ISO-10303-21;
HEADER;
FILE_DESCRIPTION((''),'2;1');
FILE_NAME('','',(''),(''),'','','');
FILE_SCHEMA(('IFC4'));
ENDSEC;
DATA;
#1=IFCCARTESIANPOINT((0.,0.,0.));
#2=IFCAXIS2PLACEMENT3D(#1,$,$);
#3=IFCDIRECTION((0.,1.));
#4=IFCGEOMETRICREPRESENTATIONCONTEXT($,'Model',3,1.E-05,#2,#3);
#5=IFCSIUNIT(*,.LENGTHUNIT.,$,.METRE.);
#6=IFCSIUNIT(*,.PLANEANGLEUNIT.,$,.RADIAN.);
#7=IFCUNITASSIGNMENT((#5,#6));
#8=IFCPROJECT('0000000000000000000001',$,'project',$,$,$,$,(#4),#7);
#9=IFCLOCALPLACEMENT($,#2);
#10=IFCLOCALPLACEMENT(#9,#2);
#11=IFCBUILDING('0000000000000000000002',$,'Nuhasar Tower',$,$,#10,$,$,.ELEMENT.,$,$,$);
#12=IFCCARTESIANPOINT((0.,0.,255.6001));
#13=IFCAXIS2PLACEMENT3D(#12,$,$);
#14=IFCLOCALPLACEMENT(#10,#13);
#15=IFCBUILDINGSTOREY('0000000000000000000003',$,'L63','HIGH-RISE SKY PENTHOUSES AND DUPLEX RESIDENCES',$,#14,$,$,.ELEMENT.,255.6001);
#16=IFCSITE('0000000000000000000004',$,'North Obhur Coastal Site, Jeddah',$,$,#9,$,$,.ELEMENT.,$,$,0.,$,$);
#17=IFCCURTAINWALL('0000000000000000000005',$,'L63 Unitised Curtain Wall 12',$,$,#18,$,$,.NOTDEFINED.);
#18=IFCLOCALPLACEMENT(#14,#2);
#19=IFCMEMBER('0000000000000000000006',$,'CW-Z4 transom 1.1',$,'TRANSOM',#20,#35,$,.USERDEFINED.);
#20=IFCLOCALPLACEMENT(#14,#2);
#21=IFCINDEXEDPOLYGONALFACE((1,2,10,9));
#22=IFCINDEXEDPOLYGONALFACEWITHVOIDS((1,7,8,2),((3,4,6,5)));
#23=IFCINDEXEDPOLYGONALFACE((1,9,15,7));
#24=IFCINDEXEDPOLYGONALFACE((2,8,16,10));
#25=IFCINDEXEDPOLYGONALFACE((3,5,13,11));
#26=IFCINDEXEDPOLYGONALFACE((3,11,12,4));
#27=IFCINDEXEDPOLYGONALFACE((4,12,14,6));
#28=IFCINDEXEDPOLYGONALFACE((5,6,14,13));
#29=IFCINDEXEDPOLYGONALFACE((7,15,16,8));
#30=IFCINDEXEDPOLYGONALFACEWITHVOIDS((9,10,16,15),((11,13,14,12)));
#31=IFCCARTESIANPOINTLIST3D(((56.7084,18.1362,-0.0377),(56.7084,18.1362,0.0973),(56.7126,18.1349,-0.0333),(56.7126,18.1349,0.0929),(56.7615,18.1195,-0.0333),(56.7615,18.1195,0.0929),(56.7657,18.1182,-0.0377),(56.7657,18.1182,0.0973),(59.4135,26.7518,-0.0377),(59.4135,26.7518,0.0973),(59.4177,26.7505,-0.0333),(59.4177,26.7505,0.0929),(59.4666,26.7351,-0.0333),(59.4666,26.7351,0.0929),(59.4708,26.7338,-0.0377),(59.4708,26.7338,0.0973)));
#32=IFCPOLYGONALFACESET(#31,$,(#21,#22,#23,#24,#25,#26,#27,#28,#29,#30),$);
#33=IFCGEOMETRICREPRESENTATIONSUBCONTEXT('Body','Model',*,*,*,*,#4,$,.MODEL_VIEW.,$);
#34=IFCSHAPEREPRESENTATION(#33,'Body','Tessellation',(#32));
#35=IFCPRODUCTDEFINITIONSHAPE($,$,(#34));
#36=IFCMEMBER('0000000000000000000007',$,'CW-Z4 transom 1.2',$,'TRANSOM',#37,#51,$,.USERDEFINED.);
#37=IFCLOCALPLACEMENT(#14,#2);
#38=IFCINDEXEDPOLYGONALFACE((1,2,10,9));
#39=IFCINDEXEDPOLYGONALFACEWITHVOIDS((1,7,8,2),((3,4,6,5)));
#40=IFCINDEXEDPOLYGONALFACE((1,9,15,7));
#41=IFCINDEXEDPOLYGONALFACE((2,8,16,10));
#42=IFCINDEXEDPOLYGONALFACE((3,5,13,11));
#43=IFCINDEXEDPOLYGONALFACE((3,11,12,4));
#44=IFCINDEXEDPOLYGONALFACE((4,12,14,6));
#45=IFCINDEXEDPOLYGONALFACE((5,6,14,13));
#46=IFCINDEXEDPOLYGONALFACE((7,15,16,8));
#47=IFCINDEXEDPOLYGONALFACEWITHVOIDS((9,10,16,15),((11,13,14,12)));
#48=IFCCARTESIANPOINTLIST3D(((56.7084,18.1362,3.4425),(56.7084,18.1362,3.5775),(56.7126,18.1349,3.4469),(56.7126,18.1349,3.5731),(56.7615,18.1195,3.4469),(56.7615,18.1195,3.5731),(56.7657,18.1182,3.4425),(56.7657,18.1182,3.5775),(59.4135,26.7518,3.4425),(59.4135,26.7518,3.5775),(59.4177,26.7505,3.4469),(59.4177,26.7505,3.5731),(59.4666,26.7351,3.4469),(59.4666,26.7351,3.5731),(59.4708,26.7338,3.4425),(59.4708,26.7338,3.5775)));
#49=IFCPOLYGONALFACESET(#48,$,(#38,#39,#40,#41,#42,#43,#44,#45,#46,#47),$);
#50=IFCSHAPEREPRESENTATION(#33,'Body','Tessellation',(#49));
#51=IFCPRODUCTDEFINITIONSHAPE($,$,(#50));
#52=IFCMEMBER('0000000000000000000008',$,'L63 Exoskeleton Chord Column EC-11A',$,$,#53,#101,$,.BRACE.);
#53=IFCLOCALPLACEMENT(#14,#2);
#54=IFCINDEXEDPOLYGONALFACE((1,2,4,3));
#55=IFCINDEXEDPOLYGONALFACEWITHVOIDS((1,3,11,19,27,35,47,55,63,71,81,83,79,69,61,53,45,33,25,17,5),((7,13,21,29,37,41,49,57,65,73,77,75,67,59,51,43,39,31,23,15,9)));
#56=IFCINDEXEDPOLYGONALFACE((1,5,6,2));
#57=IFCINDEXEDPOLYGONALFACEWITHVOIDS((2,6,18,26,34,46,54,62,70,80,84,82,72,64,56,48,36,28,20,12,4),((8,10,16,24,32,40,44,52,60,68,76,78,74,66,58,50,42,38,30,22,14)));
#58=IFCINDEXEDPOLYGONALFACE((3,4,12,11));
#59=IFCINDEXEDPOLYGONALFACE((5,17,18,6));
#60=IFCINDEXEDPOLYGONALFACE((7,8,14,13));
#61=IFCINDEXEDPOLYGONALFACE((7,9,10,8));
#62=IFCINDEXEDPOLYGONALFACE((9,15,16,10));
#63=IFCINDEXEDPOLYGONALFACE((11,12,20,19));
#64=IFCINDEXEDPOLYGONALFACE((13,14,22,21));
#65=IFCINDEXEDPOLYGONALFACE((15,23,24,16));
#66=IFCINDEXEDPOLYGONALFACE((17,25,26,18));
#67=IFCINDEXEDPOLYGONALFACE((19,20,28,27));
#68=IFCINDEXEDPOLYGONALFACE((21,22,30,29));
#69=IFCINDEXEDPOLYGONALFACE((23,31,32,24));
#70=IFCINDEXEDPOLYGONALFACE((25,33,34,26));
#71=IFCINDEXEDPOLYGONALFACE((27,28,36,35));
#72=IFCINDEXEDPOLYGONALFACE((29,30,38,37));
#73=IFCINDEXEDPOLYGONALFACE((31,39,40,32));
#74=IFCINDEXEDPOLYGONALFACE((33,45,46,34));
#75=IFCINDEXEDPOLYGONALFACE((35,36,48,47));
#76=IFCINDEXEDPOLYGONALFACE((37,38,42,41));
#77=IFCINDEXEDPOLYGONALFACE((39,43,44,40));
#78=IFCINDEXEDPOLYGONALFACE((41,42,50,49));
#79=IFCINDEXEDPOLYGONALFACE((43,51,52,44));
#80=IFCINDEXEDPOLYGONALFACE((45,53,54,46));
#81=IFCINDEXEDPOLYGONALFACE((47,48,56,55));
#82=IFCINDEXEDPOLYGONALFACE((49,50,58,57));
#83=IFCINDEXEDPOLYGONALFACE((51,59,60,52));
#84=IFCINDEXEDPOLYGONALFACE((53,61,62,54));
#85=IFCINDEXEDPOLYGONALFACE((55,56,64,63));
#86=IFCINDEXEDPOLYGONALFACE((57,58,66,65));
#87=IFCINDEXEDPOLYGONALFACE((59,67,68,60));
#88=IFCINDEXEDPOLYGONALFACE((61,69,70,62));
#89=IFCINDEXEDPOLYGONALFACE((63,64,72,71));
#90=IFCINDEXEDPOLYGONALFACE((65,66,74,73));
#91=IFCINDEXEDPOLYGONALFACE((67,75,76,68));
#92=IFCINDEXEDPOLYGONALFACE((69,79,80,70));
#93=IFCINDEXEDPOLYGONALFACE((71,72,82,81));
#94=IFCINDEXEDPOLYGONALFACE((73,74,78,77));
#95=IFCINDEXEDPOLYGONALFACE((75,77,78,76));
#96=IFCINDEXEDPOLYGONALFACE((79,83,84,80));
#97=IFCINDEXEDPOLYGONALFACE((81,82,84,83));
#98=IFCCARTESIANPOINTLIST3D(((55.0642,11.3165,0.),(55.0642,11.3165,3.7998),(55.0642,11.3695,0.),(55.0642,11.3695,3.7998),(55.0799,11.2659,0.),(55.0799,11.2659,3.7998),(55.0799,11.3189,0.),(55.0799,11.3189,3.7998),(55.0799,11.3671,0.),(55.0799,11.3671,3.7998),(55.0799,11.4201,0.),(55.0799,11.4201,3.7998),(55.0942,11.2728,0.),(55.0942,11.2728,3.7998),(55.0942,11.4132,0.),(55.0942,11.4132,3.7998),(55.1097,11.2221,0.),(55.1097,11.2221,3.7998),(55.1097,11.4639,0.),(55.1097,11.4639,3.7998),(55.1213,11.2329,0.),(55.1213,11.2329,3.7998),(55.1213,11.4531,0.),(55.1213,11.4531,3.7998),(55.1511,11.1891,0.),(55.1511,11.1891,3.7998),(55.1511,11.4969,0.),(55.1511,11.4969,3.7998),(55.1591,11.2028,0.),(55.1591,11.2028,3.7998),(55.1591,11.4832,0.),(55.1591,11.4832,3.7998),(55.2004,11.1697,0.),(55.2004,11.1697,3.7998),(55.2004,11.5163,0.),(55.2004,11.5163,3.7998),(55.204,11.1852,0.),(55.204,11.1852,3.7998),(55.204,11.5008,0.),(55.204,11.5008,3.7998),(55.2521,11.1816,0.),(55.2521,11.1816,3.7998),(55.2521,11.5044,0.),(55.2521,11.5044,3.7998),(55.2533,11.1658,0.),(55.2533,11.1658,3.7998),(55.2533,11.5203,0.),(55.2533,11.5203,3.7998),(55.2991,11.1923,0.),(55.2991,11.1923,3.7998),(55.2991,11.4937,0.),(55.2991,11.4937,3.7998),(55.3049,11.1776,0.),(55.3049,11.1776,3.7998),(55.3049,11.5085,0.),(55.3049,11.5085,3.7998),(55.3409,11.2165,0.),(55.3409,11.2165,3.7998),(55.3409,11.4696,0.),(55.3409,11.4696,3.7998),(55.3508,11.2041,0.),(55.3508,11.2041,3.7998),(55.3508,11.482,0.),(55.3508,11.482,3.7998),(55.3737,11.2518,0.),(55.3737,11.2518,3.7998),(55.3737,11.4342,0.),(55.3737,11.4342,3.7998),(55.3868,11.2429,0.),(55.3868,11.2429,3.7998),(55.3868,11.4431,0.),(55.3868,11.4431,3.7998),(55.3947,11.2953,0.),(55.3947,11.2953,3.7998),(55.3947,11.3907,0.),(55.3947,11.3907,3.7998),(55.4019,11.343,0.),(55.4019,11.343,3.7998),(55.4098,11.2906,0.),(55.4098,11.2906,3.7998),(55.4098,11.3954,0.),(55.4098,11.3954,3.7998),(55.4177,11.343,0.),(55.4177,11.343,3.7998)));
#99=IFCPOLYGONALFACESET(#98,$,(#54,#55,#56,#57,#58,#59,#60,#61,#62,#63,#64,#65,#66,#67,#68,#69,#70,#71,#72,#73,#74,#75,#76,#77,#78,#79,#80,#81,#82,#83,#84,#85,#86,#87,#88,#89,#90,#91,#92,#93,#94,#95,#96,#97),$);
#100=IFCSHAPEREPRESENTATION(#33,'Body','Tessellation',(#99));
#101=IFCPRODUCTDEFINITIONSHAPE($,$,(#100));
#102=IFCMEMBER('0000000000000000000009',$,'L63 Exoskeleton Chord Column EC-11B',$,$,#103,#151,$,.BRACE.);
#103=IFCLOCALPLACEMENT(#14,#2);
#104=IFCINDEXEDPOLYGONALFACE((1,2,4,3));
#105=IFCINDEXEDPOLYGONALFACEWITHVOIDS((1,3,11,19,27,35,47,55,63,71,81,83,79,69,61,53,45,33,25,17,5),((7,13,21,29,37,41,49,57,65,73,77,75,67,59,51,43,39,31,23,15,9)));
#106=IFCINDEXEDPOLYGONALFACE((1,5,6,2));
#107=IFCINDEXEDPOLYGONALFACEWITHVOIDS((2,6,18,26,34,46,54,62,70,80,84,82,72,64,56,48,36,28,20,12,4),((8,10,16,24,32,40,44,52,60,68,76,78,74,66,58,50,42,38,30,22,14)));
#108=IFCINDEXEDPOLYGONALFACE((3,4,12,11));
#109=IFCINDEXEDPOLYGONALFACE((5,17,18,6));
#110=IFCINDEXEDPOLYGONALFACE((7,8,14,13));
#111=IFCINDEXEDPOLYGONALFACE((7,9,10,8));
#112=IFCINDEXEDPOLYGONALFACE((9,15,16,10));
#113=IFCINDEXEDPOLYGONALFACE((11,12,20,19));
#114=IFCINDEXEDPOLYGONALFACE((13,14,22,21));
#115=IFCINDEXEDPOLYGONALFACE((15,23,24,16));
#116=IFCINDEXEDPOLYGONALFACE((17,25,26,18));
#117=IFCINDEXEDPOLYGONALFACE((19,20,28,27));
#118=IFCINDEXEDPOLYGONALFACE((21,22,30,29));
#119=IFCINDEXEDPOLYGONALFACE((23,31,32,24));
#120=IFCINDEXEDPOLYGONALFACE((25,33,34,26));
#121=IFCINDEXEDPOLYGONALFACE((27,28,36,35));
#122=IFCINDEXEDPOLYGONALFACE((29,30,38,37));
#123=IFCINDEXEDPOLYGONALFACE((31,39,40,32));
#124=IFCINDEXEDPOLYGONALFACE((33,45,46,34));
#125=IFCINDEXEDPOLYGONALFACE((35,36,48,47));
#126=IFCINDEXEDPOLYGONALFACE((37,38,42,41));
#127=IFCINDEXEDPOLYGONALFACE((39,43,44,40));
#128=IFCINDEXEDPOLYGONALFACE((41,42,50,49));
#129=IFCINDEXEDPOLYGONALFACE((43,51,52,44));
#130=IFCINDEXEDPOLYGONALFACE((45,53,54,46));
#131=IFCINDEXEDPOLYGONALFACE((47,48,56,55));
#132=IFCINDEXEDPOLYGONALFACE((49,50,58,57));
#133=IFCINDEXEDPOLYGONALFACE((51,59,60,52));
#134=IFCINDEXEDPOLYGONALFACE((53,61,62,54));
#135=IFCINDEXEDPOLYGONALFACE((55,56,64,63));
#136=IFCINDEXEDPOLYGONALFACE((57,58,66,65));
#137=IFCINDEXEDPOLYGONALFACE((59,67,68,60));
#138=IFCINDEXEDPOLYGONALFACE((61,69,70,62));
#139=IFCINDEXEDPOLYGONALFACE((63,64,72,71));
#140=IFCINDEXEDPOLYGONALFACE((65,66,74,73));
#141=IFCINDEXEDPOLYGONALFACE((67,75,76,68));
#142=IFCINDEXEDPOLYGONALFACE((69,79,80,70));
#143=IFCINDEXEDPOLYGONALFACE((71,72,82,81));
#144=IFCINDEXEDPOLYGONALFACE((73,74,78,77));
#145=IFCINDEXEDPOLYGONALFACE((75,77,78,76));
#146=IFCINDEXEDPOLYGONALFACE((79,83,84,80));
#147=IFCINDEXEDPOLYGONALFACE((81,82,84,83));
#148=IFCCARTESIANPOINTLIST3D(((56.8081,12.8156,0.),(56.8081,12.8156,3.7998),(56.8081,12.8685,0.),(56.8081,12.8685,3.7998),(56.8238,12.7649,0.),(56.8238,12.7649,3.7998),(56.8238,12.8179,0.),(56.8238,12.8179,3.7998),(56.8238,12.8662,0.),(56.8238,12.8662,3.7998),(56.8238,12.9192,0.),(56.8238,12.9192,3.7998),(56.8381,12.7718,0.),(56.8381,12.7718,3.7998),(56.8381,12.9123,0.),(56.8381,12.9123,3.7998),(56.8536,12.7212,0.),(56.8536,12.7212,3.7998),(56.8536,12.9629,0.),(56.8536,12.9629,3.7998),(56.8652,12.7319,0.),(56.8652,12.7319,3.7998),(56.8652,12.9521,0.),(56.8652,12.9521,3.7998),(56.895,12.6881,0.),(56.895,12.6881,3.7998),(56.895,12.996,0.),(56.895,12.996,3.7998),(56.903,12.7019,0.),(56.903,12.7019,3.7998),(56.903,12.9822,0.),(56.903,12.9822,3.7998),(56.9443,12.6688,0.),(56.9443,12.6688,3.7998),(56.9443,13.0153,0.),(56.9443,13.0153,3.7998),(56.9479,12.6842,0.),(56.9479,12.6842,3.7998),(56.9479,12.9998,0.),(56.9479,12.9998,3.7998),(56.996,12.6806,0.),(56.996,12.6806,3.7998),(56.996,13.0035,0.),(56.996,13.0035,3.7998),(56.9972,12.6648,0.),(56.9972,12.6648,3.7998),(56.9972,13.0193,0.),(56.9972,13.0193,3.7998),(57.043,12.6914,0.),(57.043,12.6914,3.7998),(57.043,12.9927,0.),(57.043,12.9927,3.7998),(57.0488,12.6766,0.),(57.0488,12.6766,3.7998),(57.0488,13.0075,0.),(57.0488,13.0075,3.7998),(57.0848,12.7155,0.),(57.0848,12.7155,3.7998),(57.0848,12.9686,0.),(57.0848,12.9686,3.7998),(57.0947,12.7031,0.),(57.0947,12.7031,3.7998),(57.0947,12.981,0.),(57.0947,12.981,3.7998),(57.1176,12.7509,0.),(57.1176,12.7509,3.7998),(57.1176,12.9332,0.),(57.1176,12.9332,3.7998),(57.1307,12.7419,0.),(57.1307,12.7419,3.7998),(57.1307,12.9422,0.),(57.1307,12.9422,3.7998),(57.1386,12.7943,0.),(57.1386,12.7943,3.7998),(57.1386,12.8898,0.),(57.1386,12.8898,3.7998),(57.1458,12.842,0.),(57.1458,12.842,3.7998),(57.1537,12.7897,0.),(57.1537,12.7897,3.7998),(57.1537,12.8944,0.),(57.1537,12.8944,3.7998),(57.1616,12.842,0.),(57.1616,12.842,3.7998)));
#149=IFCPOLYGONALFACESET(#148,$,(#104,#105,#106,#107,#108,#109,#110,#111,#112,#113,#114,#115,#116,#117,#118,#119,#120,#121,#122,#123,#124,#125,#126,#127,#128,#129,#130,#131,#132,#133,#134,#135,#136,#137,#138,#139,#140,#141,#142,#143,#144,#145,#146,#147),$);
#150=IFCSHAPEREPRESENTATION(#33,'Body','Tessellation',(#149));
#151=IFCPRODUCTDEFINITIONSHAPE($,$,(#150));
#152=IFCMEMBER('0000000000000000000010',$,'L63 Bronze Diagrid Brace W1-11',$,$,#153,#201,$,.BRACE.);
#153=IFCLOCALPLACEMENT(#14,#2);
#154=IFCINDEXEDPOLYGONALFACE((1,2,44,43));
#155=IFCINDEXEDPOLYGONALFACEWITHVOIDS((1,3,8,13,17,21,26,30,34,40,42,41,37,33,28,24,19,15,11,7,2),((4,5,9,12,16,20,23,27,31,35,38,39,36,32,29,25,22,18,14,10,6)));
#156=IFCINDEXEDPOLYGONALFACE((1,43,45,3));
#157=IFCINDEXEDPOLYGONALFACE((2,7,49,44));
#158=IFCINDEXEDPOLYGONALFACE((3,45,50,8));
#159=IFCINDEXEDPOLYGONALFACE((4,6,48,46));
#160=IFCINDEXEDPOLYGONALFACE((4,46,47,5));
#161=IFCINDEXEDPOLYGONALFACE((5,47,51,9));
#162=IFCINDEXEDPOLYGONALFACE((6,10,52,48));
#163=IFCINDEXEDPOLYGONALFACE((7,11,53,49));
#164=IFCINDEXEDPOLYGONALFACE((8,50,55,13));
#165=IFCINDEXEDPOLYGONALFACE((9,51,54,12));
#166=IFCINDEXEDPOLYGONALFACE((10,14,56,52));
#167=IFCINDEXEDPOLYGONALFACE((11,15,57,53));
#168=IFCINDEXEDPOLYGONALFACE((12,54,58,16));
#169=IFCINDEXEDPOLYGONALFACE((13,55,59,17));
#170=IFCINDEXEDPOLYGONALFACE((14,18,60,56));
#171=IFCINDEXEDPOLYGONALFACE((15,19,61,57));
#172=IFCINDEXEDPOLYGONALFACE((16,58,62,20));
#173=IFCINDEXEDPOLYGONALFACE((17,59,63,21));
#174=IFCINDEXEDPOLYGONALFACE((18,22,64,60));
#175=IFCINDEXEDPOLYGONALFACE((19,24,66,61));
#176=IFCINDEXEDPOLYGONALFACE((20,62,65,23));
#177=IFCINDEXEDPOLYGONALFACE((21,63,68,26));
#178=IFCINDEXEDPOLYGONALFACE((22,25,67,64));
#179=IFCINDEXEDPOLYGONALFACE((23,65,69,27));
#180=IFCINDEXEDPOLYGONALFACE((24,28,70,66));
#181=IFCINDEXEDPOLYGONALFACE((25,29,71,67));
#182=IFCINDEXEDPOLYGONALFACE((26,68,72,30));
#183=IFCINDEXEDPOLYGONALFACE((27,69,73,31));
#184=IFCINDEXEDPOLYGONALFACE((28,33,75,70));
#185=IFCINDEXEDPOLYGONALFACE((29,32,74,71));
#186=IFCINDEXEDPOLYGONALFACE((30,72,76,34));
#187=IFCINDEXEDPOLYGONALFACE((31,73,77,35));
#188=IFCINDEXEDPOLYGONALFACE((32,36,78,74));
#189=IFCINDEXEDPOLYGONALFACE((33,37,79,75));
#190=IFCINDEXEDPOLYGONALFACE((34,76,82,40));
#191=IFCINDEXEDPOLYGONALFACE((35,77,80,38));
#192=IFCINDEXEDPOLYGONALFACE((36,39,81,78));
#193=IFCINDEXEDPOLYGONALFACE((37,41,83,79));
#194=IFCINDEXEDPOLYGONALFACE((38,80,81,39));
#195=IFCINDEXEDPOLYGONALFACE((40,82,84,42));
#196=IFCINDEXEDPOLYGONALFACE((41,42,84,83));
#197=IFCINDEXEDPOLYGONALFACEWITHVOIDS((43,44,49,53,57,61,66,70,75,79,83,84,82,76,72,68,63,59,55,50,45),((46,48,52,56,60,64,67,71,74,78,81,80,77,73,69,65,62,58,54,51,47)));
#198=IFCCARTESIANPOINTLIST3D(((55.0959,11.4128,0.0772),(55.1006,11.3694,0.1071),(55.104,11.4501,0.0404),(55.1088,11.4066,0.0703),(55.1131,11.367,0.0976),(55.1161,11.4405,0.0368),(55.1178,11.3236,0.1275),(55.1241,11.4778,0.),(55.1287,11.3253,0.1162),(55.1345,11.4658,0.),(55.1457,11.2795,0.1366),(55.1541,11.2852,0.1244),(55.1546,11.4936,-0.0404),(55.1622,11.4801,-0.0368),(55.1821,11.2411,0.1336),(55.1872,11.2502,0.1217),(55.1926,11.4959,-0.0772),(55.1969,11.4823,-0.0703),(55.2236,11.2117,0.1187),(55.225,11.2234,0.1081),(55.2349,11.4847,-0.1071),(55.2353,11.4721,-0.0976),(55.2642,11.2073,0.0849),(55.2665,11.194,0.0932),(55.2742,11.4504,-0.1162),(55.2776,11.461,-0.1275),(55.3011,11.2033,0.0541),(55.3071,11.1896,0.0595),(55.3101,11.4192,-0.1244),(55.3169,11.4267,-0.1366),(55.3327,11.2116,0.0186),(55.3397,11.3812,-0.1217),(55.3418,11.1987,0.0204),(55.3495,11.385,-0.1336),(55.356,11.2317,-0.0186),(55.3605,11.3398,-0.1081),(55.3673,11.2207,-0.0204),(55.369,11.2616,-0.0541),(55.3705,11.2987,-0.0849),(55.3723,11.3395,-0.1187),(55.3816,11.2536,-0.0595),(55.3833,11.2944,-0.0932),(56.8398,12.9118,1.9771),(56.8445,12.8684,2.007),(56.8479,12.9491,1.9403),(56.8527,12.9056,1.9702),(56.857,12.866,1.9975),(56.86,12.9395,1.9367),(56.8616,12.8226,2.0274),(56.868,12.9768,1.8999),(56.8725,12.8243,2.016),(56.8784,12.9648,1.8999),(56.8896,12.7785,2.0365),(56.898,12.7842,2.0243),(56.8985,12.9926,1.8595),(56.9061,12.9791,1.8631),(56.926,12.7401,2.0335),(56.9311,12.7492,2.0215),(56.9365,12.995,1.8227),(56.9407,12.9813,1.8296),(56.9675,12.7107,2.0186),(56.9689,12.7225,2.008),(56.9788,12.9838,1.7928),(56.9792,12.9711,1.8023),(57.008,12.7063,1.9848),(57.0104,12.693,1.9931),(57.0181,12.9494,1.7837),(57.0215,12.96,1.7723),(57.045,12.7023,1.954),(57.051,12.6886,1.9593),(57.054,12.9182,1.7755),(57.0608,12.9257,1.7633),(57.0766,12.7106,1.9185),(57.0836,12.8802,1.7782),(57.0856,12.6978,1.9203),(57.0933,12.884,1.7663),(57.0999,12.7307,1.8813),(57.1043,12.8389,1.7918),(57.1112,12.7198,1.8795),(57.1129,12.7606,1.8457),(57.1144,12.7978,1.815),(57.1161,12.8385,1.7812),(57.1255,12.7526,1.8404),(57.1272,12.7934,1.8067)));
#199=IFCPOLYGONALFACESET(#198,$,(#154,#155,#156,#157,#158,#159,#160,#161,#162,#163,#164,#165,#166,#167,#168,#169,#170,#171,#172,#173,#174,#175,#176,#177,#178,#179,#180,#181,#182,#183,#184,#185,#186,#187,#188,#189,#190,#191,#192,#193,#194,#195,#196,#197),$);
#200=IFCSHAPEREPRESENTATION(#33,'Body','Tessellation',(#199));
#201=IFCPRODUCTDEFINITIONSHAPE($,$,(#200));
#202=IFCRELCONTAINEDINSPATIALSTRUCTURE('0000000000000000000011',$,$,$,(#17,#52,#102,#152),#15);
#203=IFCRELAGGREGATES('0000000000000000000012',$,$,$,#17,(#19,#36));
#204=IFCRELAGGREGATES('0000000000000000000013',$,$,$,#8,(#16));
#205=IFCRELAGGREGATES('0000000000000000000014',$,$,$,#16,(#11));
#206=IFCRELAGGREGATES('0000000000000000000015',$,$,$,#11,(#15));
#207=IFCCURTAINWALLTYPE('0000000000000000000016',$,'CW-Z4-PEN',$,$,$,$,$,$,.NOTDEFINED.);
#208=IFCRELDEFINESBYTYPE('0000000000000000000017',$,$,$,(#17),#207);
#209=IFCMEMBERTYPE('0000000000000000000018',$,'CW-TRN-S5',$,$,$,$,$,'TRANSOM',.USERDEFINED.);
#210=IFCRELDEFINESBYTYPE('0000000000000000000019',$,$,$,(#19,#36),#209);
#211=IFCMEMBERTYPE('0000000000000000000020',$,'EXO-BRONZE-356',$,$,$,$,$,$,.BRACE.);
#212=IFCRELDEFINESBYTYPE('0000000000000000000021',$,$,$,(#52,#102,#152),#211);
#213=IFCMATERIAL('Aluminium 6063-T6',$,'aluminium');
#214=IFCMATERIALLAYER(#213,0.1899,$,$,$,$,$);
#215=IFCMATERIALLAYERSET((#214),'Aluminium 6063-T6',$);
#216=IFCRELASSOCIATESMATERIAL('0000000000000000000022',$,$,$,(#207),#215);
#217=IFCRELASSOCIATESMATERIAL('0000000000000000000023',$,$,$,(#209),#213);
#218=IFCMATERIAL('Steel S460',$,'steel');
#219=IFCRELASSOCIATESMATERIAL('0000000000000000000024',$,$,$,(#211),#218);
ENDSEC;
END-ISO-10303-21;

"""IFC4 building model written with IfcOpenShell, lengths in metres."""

from ifc_helpers import new_model, si_unit, direction, frame, origin, origin_2d, place, context, subcontext, project, spatial, hollow_rectangle, hollow_circle, extrude, material, layer, layer_set, material_profile, profile_set, type_object, element, aggregate, save


model = new_model("IFC4")

# Units and contexts
model_context = context("Model", 3, precision=1e-05, world=origin(), true_north=direction((0.0, 1.0)))
body_context = subcontext(model_context, "Body", "Model", "MODEL_VIEW")
ifc_project = project(units=[si_unit("LENGTHUNIT", "METRE"), si_unit("PLANEANGLEUNIT", "RADIAN")], contexts=[model_context])

# Site, building, storey
site_placement = place(None, origin())
site = spatial("IfcSite", under=ifc_project, at=site_placement, Name="North Obhur Coastal Site, Jeddah", CompositionType="ELEMENT", RefElevation=0.0)
building_placement = place(site_placement, origin())
building = spatial("IfcBuilding", under=site, at=building_placement, Name="Nuhasar Tower", CompositionType="ELEMENT")
storey_placement = place(building_placement, frame((0.0, 0.0, 255.6001)))
storey = spatial("IfcBuildingStorey", under=building, at=storey_placement, Name="L63", Description="HIGH-RISE SKY PENTHOUSES AND DUPLEX RESIDENCES", CompositionType="ELEMENT", Elevation=255.6001)

# Shared definitions
ifc_material_1 = material(Name="Steel S460", Category="steel")

# Shared definitions
ifc_material_2 = material(Name="Aluminium 6063-T6", Category="aluminium")
ifc_layer_1 = layer(ifc_material_2, 0.1899)
ifc_layer_set_1 = layer_set([ifc_layer_1], Name="Aluminium 6063-T6")
curtain_wall_type = type_object("IfcCurtainWallType", Name="CW-Z4-PEN", PredefinedType="NOTDEFINED", material=ifc_layer_set_1)

# Curtain wall
curtain_wall_1_placement = place(storey_placement, origin())
curtain_wall_1 = element("IfcCurtainWall", 1, at=curtain_wall_1_placement, inside=storey, type_object=curtain_wall_type, Name="L63 Unitised Curtain Wall 12", PredefinedType="NOTDEFINED")

# Members
ifc_material_profile_1 = material_profile(ifc_material_2, hollow_rectangle(XDim=0.0601, YDim=0.135, WallThickness=0.0044, at=origin_2d()), Name="CWT-5")
ifc_profile_set_1 = profile_set([ifc_material_profile_1], Name="Aluminium 6063-T6")
member_type_1 = type_object("IfcMemberType", Name="CW-TRN-S5", ElementType="TRANSOM", PredefinedType="USERDEFINED", material=ifc_profile_set_1)
member_1_placement = place(storey_placement, frame((56.7371, 18.1272, 0.0298), z_axis=(0.29956, 0.954077, 0.0), x_axis=(-0.954077, 0.29956, 0.0)))
member_1 = element("IfcMember", 2, at=member_1_placement, type_object=member_type_1, Name="CW-Z4 transom 1.1", ObjectType="TRANSOM", PredefinedType="USERDEFINED", context=body_context, shape_type="SweptSolid", body=[
    extrude(hollow_rectangle(XDim=0.0601, YDim=0.135, WallThickness=0.0044, at=origin_2d()), origin(), (0.0, 0.0, 1.0), 9.0303),
])
member_2_placement = place(storey_placement, frame((56.7371, 18.1272, 3.51), z_axis=(0.29956, 0.954077, 0.0), x_axis=(-0.954077, 0.29956, 0.0)))
member_2 = element("IfcMember", 3, at=member_2_placement, type_object=member_type_1, Name="CW-Z4 transom 1.2", ObjectType="TRANSOM", PredefinedType="USERDEFINED", context=body_context, shape_type="SweptSolid", body=[
    extrude(hollow_rectangle(XDim=0.0601, YDim=0.135, WallThickness=0.0044, at=origin_2d()), origin(), (0.0, 0.0, 1.0), 9.0303),
])
aggregate(curtain_wall_1, [member_1, member_2])

# Members
ifc_material_profile_2 = material_profile(ifc_material_1, hollow_circle(Radius=0.1777, WallThickness=0.0159, at=origin_2d()), Name="HSS355.6X15.9")
ifc_profile_set_2 = profile_set([ifc_material_profile_2], Name="Steel S460")
member_type_2 = type_object("IfcMemberType", Name="EXO-BRONZE-356", PredefinedType="BRACE", material=ifc_profile_set_2)
for number, where, z_axis, x_axis, name in (
    (4, (55.24, 11.343, 0.0), (0.0, 0.0, 1.0), (1.0, 0.0, 0.0), "L63 Exoskeleton Chord Column EC-11A"),
    (5, (56.9839, 12.842, 0.0), (0.0, 0.0, 1.0), (1.0, 0.0, 0.0), "L63 Exoskeleton Chord Column EC-11B"),
):
    element("IfcMember", number, at=place(storey_placement, frame(where, z_axis=z_axis, x_axis=x_axis)), inside=storey, type_object=member_type_2, Name=name, PredefinedType="BRACE", context=body_context, shape_type="SweptSolid", body=[
        extrude(hollow_circle(Radius=0.1777, WallThickness=0.0159, at=origin_2d()), origin(), (0.0, 0.0, 1.0), 3.7998),
    ])
for number, where, z_axis, x_axis, name in (
    (6, (55.24, 11.343, 0.0), (0.584625, 0.502534, 0.636925), (-0.651857, 0.758342, 0.0), "L63 Bronze Diagrid Brace W1-11"),
):
    element("IfcMember", number, at=place(storey_placement, frame(where, z_axis=z_axis, x_axis=x_axis)), inside=storey, type_object=member_type_2, Name=name, PredefinedType="BRACE", context=body_context, shape_type="SweptSolid", body=[
        extrude(hollow_circle(Radius=0.1777, WallThickness=0.0159, at=origin_2d()), origin(), (0.0, 0.0, 1.0), 2.9829),
    ])

save(model, "model.ifc")
